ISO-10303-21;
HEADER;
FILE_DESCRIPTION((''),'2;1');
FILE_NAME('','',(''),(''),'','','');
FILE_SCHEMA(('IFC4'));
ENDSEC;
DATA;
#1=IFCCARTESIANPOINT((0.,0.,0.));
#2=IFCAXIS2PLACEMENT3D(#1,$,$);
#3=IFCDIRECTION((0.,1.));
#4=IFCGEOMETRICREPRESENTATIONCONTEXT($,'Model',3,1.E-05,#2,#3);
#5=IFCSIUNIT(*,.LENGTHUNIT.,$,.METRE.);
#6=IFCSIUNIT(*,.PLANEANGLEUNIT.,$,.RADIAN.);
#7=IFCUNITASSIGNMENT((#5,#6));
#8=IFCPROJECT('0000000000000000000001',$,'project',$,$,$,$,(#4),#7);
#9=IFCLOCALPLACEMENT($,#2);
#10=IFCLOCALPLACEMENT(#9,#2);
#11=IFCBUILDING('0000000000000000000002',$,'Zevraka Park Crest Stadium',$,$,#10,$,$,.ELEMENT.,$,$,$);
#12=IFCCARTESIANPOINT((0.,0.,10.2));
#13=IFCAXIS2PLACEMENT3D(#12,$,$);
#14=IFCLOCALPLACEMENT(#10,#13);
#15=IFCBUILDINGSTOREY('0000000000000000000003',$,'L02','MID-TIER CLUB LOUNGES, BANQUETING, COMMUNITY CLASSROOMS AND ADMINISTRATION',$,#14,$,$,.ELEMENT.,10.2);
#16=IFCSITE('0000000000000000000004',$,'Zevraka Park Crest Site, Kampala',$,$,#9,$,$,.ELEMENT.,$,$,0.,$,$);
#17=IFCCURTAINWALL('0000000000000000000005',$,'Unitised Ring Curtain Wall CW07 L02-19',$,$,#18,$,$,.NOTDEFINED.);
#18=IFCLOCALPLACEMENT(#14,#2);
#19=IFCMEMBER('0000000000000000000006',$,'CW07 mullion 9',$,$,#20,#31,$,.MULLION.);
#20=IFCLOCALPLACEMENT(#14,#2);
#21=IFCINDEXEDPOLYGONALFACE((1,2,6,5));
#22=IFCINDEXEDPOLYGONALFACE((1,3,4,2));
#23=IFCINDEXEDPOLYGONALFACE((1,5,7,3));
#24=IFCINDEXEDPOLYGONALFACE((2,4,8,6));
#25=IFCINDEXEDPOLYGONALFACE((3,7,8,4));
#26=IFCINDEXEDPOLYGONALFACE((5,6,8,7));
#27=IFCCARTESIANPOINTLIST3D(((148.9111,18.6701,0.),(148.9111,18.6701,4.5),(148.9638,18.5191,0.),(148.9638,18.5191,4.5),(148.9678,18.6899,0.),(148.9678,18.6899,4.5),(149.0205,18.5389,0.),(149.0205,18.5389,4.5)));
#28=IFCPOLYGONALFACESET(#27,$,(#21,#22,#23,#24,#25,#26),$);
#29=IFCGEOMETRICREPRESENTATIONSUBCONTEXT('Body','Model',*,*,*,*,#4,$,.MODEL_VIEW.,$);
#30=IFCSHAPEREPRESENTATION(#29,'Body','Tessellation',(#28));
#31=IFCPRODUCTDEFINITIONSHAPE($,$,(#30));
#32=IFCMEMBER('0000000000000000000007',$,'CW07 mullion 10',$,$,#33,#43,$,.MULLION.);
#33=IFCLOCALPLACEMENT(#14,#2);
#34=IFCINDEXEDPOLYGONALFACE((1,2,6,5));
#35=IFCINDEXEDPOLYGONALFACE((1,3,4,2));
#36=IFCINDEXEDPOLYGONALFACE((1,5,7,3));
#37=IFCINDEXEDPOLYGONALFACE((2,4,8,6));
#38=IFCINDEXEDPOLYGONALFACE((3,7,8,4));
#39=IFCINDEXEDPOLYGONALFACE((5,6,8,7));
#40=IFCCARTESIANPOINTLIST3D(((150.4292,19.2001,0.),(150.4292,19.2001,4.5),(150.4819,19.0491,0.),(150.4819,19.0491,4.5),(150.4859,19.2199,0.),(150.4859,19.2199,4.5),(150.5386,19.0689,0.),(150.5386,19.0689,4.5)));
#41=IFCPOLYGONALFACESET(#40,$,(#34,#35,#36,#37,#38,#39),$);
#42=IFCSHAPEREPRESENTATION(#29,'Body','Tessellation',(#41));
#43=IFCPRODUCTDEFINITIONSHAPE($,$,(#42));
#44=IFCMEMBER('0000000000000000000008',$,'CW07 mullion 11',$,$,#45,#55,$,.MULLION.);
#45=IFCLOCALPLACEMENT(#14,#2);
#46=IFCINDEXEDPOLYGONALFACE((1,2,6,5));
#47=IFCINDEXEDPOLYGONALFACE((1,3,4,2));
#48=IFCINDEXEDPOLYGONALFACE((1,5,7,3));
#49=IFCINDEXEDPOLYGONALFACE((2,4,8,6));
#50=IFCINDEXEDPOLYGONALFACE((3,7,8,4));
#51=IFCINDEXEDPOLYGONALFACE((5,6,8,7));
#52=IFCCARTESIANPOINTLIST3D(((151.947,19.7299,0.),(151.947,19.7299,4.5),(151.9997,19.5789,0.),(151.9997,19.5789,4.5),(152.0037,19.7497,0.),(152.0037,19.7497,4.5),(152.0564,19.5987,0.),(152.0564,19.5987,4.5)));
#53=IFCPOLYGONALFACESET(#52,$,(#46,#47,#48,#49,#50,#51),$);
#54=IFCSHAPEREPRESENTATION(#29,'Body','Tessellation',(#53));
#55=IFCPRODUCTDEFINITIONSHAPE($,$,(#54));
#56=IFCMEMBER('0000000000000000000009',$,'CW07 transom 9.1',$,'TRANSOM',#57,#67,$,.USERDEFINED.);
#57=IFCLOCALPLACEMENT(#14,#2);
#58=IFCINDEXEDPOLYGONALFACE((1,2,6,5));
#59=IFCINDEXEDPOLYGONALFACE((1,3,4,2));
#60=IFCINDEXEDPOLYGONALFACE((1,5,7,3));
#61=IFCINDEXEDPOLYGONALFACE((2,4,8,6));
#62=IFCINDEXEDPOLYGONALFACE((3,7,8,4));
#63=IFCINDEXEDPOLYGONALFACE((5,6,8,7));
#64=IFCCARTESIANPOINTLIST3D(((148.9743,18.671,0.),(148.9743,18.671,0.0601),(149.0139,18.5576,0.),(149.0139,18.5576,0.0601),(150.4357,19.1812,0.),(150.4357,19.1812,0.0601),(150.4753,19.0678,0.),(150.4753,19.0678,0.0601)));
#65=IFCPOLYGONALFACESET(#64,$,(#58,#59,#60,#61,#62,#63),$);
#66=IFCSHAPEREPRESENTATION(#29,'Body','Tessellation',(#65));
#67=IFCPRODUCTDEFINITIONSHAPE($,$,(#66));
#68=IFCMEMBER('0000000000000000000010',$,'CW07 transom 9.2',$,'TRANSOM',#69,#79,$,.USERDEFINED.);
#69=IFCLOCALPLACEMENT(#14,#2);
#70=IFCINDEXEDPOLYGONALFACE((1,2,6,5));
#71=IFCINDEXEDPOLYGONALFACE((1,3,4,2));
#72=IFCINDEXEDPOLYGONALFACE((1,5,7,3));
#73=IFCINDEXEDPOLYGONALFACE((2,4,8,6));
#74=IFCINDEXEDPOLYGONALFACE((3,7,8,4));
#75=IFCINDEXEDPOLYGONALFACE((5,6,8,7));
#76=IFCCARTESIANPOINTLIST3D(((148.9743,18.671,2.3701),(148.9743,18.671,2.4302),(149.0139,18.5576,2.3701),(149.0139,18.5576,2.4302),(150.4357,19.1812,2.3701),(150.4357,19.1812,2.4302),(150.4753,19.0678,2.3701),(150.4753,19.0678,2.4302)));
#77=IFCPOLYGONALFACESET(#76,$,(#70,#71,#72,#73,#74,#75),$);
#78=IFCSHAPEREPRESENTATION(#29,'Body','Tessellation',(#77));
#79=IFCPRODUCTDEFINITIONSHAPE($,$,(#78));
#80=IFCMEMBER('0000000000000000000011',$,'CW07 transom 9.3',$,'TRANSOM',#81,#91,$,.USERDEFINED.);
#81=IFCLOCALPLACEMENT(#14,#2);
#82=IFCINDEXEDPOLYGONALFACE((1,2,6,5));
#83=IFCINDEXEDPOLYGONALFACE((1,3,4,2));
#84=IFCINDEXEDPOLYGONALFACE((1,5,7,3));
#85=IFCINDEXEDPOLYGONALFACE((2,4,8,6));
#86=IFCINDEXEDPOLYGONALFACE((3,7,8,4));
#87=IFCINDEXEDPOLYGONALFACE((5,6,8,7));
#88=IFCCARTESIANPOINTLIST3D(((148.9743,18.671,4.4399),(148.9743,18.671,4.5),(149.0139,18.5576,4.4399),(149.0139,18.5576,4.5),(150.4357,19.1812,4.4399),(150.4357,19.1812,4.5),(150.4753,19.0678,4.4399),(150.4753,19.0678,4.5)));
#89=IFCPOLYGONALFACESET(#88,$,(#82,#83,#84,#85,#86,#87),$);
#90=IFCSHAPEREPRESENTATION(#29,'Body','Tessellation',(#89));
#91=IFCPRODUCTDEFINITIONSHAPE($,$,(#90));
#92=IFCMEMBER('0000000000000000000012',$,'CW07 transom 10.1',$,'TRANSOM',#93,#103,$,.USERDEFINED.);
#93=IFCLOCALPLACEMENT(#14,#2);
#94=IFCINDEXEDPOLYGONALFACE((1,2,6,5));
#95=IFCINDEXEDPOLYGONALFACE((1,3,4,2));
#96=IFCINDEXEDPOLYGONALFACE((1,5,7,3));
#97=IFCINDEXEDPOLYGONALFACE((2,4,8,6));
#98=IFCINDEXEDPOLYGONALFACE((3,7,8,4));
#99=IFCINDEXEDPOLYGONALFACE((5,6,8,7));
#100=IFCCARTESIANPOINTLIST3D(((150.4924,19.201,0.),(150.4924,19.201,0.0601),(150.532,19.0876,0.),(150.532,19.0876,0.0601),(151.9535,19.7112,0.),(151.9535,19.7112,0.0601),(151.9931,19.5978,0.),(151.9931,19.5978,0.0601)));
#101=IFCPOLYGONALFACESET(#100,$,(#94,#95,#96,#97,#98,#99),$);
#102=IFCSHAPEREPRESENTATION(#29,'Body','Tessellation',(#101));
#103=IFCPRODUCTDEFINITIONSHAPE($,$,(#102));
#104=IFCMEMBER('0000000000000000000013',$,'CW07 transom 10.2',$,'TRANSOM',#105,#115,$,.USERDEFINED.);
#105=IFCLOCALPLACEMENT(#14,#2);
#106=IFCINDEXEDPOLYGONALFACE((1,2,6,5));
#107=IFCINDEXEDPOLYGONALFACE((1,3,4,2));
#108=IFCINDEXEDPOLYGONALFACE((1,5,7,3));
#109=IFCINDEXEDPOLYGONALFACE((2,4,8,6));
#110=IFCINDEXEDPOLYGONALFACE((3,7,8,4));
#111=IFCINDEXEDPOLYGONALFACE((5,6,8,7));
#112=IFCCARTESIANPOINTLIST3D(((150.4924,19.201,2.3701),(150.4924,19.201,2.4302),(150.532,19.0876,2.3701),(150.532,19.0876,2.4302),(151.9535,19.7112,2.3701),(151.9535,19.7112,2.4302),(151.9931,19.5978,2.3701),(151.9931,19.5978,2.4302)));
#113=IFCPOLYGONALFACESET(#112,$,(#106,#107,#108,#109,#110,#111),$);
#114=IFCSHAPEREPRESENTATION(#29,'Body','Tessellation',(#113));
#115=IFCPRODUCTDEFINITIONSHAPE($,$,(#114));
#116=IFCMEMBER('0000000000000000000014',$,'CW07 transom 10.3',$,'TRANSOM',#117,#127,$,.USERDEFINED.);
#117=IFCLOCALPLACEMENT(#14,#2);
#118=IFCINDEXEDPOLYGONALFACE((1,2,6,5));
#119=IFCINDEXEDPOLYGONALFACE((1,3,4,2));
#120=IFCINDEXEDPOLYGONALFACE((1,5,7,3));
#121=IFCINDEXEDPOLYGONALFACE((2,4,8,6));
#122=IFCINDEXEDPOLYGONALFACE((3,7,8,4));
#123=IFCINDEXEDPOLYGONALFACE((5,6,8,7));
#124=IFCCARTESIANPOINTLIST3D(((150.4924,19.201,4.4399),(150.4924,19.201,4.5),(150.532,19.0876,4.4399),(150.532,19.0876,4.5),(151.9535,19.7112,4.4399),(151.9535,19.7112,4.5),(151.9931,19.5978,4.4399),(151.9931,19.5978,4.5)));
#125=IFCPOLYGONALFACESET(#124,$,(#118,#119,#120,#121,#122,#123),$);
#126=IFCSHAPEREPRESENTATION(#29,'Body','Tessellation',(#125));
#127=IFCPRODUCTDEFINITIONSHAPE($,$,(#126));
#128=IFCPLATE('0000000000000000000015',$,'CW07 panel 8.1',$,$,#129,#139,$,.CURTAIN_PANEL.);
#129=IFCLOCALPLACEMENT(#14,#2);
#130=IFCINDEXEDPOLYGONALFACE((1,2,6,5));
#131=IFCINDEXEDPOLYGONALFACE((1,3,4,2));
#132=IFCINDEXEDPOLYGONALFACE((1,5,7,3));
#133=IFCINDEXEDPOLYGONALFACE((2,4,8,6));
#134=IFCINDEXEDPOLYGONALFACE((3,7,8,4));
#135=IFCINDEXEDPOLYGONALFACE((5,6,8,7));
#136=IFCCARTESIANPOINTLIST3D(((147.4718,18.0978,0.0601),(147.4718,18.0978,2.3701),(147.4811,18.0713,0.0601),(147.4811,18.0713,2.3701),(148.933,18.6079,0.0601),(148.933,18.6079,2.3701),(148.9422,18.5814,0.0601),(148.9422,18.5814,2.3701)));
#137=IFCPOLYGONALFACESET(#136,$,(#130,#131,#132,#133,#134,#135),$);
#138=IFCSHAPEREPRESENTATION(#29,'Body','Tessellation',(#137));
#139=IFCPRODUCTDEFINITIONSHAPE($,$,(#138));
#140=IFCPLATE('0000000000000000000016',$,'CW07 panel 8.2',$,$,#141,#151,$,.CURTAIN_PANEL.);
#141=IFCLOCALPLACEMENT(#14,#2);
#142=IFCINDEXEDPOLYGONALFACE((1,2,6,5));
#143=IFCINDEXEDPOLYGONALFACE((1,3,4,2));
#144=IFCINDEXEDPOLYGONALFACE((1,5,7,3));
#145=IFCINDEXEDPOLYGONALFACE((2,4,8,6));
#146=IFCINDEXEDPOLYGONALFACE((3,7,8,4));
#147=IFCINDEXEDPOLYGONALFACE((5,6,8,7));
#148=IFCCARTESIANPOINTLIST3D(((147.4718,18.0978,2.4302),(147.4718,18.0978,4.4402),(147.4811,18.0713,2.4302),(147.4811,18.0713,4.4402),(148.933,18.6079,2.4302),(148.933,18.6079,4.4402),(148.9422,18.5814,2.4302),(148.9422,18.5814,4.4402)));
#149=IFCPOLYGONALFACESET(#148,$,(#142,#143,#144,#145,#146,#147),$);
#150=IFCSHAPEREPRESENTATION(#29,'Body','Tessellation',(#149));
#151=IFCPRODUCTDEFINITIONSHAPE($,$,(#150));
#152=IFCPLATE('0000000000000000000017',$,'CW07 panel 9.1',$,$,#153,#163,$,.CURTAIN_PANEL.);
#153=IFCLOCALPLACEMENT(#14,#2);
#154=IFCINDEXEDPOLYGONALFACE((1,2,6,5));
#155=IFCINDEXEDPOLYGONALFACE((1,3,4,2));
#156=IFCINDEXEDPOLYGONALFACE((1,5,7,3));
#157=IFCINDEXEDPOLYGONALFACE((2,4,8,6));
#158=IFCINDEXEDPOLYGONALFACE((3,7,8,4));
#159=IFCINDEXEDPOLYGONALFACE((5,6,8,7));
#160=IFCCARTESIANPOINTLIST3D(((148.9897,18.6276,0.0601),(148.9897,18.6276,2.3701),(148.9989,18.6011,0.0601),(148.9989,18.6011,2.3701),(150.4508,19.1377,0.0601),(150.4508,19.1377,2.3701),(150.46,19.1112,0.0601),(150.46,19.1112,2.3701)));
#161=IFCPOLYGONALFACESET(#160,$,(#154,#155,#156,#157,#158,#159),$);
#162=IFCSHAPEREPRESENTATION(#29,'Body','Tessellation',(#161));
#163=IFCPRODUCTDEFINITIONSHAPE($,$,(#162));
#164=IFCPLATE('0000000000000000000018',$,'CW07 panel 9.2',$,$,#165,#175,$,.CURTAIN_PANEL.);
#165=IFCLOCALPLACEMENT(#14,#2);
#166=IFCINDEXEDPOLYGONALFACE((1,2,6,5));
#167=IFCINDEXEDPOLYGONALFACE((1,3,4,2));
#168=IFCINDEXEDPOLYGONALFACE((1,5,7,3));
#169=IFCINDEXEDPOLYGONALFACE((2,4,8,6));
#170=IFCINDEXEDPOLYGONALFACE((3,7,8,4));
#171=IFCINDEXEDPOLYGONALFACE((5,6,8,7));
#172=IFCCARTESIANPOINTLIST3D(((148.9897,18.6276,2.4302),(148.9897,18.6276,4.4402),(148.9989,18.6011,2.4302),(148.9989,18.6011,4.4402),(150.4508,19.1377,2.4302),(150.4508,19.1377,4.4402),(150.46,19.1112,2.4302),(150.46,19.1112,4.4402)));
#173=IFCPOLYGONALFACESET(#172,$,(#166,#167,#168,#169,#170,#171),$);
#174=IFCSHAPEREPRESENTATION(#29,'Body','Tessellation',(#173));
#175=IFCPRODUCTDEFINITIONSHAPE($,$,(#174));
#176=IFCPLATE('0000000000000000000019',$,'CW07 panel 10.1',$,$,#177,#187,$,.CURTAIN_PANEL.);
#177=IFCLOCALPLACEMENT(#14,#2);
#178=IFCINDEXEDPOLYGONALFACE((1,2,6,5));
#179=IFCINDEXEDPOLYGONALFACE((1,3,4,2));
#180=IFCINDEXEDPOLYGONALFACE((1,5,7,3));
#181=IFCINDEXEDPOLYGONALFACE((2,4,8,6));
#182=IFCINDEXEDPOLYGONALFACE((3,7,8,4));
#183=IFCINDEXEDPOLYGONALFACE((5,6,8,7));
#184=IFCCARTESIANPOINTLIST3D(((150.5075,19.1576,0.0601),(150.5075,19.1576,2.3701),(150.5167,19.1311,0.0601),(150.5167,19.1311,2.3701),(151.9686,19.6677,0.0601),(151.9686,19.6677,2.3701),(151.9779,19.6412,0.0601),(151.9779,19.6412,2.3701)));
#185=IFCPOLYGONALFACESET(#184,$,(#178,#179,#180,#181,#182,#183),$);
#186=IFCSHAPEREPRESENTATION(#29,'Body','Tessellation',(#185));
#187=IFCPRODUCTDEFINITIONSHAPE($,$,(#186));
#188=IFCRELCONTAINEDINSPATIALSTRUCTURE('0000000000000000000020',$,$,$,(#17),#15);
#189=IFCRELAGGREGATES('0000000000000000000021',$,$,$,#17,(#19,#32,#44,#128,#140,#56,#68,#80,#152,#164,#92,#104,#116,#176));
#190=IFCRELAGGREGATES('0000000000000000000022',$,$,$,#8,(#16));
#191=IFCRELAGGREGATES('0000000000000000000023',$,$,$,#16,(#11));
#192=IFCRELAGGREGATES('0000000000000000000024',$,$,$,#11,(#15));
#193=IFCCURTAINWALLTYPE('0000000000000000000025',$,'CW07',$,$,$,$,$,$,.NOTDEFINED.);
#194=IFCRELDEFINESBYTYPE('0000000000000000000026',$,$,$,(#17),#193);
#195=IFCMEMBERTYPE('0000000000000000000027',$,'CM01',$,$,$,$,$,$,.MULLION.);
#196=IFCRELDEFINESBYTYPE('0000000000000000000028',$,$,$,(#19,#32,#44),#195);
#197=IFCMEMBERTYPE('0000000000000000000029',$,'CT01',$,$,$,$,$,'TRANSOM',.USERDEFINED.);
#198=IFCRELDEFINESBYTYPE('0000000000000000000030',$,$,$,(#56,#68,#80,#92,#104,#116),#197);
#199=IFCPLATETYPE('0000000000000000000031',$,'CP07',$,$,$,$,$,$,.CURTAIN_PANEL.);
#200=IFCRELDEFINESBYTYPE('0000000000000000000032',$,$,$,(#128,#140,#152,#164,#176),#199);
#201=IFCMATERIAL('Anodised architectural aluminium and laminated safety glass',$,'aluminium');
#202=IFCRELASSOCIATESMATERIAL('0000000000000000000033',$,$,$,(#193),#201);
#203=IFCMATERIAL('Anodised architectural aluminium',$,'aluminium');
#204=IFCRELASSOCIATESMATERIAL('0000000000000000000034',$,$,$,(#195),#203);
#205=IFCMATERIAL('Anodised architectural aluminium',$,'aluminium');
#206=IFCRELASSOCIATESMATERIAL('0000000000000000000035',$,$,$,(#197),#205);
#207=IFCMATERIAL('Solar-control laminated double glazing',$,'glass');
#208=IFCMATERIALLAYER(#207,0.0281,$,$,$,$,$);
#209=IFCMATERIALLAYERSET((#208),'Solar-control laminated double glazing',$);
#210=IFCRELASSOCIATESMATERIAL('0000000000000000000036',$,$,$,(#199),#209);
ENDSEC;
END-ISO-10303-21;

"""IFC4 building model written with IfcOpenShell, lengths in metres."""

from ifc_helpers import new_model, si_unit, direction, frame, origin, origin_2d, place, context, subcontext, project, spatial, rectangle, extrude, material, layer, layer_set, material_profile, profile_set, type_object, element, aggregate, save


model = new_model("IFC4")

# Units and contexts
model_context = context("Model", 3, precision=1e-05, world=origin(), true_north=direction((0.0, 1.0)))
body_context = subcontext(model_context, "Body", "Model", "MODEL_VIEW")
ifc_project = project(units=[si_unit("LENGTHUNIT", "METRE"), si_unit("PLANEANGLEUNIT", "RADIAN")], contexts=[model_context])

# Site, building, storey
site_placement = place(None, origin())
site = spatial("IfcSite", under=ifc_project, at=site_placement, Name="Zevraka Park Crest Site, Kampala", CompositionType="ELEMENT", RefElevation=0.0)
building_placement = place(site_placement, origin())
building = spatial("IfcBuilding", under=site, at=building_placement, Name="Zevraka Park Crest Stadium", CompositionType="ELEMENT")
storey_placement = place(building_placement, frame((0.0, 0.0, 10.2)))
storey = spatial("IfcBuildingStorey", under=building, at=storey_placement, Name="L02", Description="MID-TIER CLUB LOUNGES, BANQUETING, COMMUNITY CLASSROOMS AND ADMINISTRATION", CompositionType="ELEMENT", Elevation=10.2)

# Curtain wall, members, plates
ifc_material_1 = material(Name="Anodised architectural aluminium and laminated safety glass", Category="aluminium")
curtain_wall_type = type_object("IfcCurtainWallType", Name="CW07", PredefinedType="NOTDEFINED", material=ifc_material_1)
curtain_wall_placement = place(storey_placement, origin())
curtain_wall = element("IfcCurtainWall", 1, at=curtain_wall_placement, inside=storey, type_object=curtain_wall_type, Name="Unitised Ring Curtain Wall CW07 L02-19", PredefinedType="NOTDEFINED")
ifc_material_2 = material(Name="Anodised architectural aluminium", Category="aluminium")
ifc_material_profile_1 = material_profile(ifc_material_2, rectangle(XDim=0.1599, YDim=0.0601, at=origin_2d()), Name="ALU MULLION 160x60")
ifc_profile_set_1 = profile_set([ifc_material_profile_1], Name="Anodised architectural aluminium")
member_type_1 = type_object("IfcMemberType", Name="CM01", PredefinedType="MULLION", material=ifc_profile_set_1)
member_1_placement = place(storey_placement, frame((148.9658, 18.6045, 0.0), z_axis=(0.0, 0.0, 1.0), x_axis=(-0.329619, 0.944114, 0.0)))
member_1 = element("IfcMember", 2, at=member_1_placement, type_object=member_type_1, Name="CW07 mullion 9", PredefinedType="MULLION", context=body_context, shape_type="SweptSolid", body=[
    extrude(rectangle(XDim=0.1599, YDim=0.0601, at=origin_2d()), origin(), (0.0, 0.0, 1.0), 4.5),
])
member_2_placement = place(storey_placement, frame((150.4839, 19.1345, 0.0), z_axis=(0.0, 0.0, 1.0), x_axis=(-0.329619, 0.944114, 0.0)))
member_2 = element("IfcMember", 3, at=member_2_placement, type_object=member_type_1, Name="CW07 mullion 10", PredefinedType="MULLION", context=body_context, shape_type="SweptSolid", body=[
    extrude(rectangle(XDim=0.1599, YDim=0.0601, at=origin_2d()), origin(), (0.0, 0.0, 1.0), 4.5),
])
member_3_placement = place(storey_placement, frame((152.0017, 19.6643, 0.0), z_axis=(0.0, 0.0, 1.0), x_axis=(-0.329619, 0.944114, 0.0)))
member_3 = element("IfcMember", 4, at=member_3_placement, type_object=member_type_1, Name="CW07 mullion 11", PredefinedType="MULLION", context=body_context, shape_type="SweptSolid", body=[
    extrude(rectangle(XDim=0.1599, YDim=0.0601, at=origin_2d()), origin(), (0.0, 0.0, 1.0), 4.5),
])
ifc_material_3 = material(Name="Anodised architectural aluminium", Category="aluminium")
ifc_material_profile_2 = material_profile(ifc_material_3, rectangle(XDim=0.1201, YDim=0.0601, at=origin_2d()), Name="ALU TRANSOM 120x60")
ifc_profile_set_2 = profile_set([ifc_material_profile_2], Name="Anodised architectural aluminium")
member_type_2 = type_object("IfcMemberType", Name="CT01", ElementType="TRANSOM", PredefinedType="USERDEFINED", material=ifc_profile_set_2)
member_4_placement = place(storey_placement, frame((148.9941, 18.6143, 0.03), z_axis=(0.944109, 0.329634, 0.0), x_axis=(-0.329634, 0.944109, 0.0)))
member_4 = element("IfcMember", 5, at=member_4_placement, type_object=member_type_2, Name="CW07 transom 9.1", ObjectType="TRANSOM", PredefinedType="USERDEFINED", context=body_context, shape_type="SweptSolid", body=[
    extrude(rectangle(XDim=0.1201, YDim=0.0601, at=origin_2d()), origin(), (0.0, 0.0, 1.0), 1.5479),
])
member_5_placement = place(storey_placement, frame((148.9941, 18.6143, 2.4001), z_axis=(0.944109, 0.329634, 0.0), x_axis=(-0.329634, 0.944109, 0.0)))
member_5 = element("IfcMember", 6, at=member_5_placement, type_object=member_type_2, Name="CW07 transom 9.2", ObjectType="TRANSOM", PredefinedType="USERDEFINED", context=body_context, shape_type="SweptSolid", body=[
    extrude(rectangle(XDim=0.1201, YDim=0.0601, at=origin_2d()), origin(), (0.0, 0.0, 1.0), 1.5479),
])
member_6_placement = place(storey_placement, frame((148.9941, 18.6143, 4.47), z_axis=(0.944109, 0.329634, 0.0), x_axis=(-0.329634, 0.944109, 0.0)))
member_6 = element("IfcMember", 7, at=member_6_placement, type_object=member_type_2, Name="CW07 transom 9.3", ObjectType="TRANSOM", PredefinedType="USERDEFINED", context=body_context, shape_type="SweptSolid", body=[
    extrude(rectangle(XDim=0.1201, YDim=0.0601, at=origin_2d()), origin(), (0.0, 0.0, 1.0), 1.5479),
])
member_7_placement = place(storey_placement, frame((150.5122, 19.1443, 0.03), z_axis=(0.944092, 0.329683, 0.0), x_axis=(-0.329683, 0.944092, 0.0)))
member_7 = element("IfcMember", 8, at=member_7_placement, type_object=member_type_2, Name="CW07 transom 10.1", ObjectType="TRANSOM", PredefinedType="USERDEFINED", context=body_context, shape_type="SweptSolid", body=[
    extrude(rectangle(XDim=0.1201, YDim=0.0601, at=origin_2d()), origin(), (0.0, 0.0, 1.0), 1.5476),
])
member_8_placement = place(storey_placement, frame((150.5122, 19.1443, 2.4001), z_axis=(0.944092, 0.329683, 0.0), x_axis=(-0.329683, 0.944092, 0.0)))
member_8 = element("IfcMember", 9, at=member_8_placement, type_object=member_type_2, Name="CW07 transom 10.2", ObjectType="TRANSOM", PredefinedType="USERDEFINED", context=body_context, shape_type="SweptSolid", body=[
    extrude(rectangle(XDim=0.1201, YDim=0.0601, at=origin_2d()), origin(), (0.0, 0.0, 1.0), 1.5476),
])
member_9_placement = place(storey_placement, frame((150.5122, 19.1443, 4.47), z_axis=(0.944092, 0.329683, 0.0), x_axis=(-0.329683, 0.944092, 0.0)))
member_9 = element("IfcMember", 10, at=member_9_placement, type_object=member_type_2, Name="CW07 transom 10.3", ObjectType="TRANSOM", PredefinedType="USERDEFINED", context=body_context, shape_type="SweptSolid", body=[
    extrude(rectangle(XDim=0.1201, YDim=0.0601, at=origin_2d()), origin(), (0.0, 0.0, 1.0), 1.5476),
])
ifc_material_4 = material(Name="Solar-control laminated double glazing", Category="glass")
ifc_layer_1 = layer(ifc_material_4, 0.0281)
ifc_layer_set_1 = layer_set([ifc_layer_1], Name="Solar-control laminated double glazing")
plate_type = type_object("IfcPlateType", Name="CP07", PredefinedType="CURTAIN_PANEL", material=ifc_layer_set_1)
plate_1_placement = place(storey_placement, frame((148.207, 18.3396, 0.0601), z_axis=(0.0, 0.0, 1.0), x_axis=(0.944114, 0.329619, 0.0)))
plate_1 = element("IfcPlate", 11, at=plate_1_placement, type_object=plate_type, Name="CW07 panel 8.1", PredefinedType="CURTAIN_PANEL", context=body_context, shape_type="SweptSolid", body=[
    extrude(rectangle(XDim=1.5476, YDim=0.0281, at=origin_2d()), origin(), (0.0, 0.0, 1.0), 2.3101),
])
plate_2_placement = place(storey_placement, frame((148.207, 18.3396, 2.4302), z_axis=(0.0, 0.0, 1.0), x_axis=(0.944114, 0.329619, 0.0)))
plate_2 = element("IfcPlate", 12, at=plate_2_placement, type_object=plate_type, Name="CW07 panel 8.2", PredefinedType="CURTAIN_PANEL", context=body_context, shape_type="SweptSolid", body=[
    extrude(rectangle(XDim=1.5476, YDim=0.0281, at=origin_2d()), origin(), (0.0, 0.0, 1.0), 2.01),
])
plate_3_placement = place(storey_placement, frame((149.7249, 18.8694, 0.0601), z_axis=(0.0, 0.0, 1.0), x_axis=(0.944114, 0.329619, 0.0)))
plate_3 = element("IfcPlate", 13, at=plate_3_placement, type_object=plate_type, Name="CW07 panel 9.1", PredefinedType="CURTAIN_PANEL", context=body_context, shape_type="SweptSolid", body=[
    extrude(rectangle(XDim=1.5476, YDim=0.0281, at=origin_2d()), origin(), (0.0, 0.0, 1.0), 2.3101),
])
plate_4_placement = place(storey_placement, frame((149.7249, 18.8694, 2.4302), z_axis=(0.0, 0.0, 1.0), x_axis=(0.944114, 0.329619, 0.0)))
plate_4 = element("IfcPlate", 14, at=plate_4_placement, type_object=plate_type, Name="CW07 panel 9.2", PredefinedType="CURTAIN_PANEL", context=body_context, shape_type="SweptSolid", body=[
    extrude(rectangle(XDim=1.5476, YDim=0.0281, at=origin_2d()), origin(), (0.0, 0.0, 1.0), 2.01),
])
plate_5_placement = place(storey_placement, frame((151.2427, 19.3994, 0.0601), z_axis=(0.0, 0.0, 1.0), x_axis=(0.944114, 0.329619, 0.0)))
plate_5 = element("IfcPlate", 15, at=plate_5_placement, type_object=plate_type, Name="CW07 panel 10.1", PredefinedType="CURTAIN_PANEL", context=body_context, shape_type="SweptSolid", body=[
    extrude(rectangle(XDim=1.5476, YDim=0.0281, at=origin_2d()), origin(), (0.0, 0.0, 1.0), 2.3101),
])
aggregate(curtain_wall, [member_1, member_2, member_3, plate_1, plate_2, member_4, member_5, member_6, plate_3, plate_4, member_7, member_8, member_9, plate_5])

save(model, "model.ifc")
